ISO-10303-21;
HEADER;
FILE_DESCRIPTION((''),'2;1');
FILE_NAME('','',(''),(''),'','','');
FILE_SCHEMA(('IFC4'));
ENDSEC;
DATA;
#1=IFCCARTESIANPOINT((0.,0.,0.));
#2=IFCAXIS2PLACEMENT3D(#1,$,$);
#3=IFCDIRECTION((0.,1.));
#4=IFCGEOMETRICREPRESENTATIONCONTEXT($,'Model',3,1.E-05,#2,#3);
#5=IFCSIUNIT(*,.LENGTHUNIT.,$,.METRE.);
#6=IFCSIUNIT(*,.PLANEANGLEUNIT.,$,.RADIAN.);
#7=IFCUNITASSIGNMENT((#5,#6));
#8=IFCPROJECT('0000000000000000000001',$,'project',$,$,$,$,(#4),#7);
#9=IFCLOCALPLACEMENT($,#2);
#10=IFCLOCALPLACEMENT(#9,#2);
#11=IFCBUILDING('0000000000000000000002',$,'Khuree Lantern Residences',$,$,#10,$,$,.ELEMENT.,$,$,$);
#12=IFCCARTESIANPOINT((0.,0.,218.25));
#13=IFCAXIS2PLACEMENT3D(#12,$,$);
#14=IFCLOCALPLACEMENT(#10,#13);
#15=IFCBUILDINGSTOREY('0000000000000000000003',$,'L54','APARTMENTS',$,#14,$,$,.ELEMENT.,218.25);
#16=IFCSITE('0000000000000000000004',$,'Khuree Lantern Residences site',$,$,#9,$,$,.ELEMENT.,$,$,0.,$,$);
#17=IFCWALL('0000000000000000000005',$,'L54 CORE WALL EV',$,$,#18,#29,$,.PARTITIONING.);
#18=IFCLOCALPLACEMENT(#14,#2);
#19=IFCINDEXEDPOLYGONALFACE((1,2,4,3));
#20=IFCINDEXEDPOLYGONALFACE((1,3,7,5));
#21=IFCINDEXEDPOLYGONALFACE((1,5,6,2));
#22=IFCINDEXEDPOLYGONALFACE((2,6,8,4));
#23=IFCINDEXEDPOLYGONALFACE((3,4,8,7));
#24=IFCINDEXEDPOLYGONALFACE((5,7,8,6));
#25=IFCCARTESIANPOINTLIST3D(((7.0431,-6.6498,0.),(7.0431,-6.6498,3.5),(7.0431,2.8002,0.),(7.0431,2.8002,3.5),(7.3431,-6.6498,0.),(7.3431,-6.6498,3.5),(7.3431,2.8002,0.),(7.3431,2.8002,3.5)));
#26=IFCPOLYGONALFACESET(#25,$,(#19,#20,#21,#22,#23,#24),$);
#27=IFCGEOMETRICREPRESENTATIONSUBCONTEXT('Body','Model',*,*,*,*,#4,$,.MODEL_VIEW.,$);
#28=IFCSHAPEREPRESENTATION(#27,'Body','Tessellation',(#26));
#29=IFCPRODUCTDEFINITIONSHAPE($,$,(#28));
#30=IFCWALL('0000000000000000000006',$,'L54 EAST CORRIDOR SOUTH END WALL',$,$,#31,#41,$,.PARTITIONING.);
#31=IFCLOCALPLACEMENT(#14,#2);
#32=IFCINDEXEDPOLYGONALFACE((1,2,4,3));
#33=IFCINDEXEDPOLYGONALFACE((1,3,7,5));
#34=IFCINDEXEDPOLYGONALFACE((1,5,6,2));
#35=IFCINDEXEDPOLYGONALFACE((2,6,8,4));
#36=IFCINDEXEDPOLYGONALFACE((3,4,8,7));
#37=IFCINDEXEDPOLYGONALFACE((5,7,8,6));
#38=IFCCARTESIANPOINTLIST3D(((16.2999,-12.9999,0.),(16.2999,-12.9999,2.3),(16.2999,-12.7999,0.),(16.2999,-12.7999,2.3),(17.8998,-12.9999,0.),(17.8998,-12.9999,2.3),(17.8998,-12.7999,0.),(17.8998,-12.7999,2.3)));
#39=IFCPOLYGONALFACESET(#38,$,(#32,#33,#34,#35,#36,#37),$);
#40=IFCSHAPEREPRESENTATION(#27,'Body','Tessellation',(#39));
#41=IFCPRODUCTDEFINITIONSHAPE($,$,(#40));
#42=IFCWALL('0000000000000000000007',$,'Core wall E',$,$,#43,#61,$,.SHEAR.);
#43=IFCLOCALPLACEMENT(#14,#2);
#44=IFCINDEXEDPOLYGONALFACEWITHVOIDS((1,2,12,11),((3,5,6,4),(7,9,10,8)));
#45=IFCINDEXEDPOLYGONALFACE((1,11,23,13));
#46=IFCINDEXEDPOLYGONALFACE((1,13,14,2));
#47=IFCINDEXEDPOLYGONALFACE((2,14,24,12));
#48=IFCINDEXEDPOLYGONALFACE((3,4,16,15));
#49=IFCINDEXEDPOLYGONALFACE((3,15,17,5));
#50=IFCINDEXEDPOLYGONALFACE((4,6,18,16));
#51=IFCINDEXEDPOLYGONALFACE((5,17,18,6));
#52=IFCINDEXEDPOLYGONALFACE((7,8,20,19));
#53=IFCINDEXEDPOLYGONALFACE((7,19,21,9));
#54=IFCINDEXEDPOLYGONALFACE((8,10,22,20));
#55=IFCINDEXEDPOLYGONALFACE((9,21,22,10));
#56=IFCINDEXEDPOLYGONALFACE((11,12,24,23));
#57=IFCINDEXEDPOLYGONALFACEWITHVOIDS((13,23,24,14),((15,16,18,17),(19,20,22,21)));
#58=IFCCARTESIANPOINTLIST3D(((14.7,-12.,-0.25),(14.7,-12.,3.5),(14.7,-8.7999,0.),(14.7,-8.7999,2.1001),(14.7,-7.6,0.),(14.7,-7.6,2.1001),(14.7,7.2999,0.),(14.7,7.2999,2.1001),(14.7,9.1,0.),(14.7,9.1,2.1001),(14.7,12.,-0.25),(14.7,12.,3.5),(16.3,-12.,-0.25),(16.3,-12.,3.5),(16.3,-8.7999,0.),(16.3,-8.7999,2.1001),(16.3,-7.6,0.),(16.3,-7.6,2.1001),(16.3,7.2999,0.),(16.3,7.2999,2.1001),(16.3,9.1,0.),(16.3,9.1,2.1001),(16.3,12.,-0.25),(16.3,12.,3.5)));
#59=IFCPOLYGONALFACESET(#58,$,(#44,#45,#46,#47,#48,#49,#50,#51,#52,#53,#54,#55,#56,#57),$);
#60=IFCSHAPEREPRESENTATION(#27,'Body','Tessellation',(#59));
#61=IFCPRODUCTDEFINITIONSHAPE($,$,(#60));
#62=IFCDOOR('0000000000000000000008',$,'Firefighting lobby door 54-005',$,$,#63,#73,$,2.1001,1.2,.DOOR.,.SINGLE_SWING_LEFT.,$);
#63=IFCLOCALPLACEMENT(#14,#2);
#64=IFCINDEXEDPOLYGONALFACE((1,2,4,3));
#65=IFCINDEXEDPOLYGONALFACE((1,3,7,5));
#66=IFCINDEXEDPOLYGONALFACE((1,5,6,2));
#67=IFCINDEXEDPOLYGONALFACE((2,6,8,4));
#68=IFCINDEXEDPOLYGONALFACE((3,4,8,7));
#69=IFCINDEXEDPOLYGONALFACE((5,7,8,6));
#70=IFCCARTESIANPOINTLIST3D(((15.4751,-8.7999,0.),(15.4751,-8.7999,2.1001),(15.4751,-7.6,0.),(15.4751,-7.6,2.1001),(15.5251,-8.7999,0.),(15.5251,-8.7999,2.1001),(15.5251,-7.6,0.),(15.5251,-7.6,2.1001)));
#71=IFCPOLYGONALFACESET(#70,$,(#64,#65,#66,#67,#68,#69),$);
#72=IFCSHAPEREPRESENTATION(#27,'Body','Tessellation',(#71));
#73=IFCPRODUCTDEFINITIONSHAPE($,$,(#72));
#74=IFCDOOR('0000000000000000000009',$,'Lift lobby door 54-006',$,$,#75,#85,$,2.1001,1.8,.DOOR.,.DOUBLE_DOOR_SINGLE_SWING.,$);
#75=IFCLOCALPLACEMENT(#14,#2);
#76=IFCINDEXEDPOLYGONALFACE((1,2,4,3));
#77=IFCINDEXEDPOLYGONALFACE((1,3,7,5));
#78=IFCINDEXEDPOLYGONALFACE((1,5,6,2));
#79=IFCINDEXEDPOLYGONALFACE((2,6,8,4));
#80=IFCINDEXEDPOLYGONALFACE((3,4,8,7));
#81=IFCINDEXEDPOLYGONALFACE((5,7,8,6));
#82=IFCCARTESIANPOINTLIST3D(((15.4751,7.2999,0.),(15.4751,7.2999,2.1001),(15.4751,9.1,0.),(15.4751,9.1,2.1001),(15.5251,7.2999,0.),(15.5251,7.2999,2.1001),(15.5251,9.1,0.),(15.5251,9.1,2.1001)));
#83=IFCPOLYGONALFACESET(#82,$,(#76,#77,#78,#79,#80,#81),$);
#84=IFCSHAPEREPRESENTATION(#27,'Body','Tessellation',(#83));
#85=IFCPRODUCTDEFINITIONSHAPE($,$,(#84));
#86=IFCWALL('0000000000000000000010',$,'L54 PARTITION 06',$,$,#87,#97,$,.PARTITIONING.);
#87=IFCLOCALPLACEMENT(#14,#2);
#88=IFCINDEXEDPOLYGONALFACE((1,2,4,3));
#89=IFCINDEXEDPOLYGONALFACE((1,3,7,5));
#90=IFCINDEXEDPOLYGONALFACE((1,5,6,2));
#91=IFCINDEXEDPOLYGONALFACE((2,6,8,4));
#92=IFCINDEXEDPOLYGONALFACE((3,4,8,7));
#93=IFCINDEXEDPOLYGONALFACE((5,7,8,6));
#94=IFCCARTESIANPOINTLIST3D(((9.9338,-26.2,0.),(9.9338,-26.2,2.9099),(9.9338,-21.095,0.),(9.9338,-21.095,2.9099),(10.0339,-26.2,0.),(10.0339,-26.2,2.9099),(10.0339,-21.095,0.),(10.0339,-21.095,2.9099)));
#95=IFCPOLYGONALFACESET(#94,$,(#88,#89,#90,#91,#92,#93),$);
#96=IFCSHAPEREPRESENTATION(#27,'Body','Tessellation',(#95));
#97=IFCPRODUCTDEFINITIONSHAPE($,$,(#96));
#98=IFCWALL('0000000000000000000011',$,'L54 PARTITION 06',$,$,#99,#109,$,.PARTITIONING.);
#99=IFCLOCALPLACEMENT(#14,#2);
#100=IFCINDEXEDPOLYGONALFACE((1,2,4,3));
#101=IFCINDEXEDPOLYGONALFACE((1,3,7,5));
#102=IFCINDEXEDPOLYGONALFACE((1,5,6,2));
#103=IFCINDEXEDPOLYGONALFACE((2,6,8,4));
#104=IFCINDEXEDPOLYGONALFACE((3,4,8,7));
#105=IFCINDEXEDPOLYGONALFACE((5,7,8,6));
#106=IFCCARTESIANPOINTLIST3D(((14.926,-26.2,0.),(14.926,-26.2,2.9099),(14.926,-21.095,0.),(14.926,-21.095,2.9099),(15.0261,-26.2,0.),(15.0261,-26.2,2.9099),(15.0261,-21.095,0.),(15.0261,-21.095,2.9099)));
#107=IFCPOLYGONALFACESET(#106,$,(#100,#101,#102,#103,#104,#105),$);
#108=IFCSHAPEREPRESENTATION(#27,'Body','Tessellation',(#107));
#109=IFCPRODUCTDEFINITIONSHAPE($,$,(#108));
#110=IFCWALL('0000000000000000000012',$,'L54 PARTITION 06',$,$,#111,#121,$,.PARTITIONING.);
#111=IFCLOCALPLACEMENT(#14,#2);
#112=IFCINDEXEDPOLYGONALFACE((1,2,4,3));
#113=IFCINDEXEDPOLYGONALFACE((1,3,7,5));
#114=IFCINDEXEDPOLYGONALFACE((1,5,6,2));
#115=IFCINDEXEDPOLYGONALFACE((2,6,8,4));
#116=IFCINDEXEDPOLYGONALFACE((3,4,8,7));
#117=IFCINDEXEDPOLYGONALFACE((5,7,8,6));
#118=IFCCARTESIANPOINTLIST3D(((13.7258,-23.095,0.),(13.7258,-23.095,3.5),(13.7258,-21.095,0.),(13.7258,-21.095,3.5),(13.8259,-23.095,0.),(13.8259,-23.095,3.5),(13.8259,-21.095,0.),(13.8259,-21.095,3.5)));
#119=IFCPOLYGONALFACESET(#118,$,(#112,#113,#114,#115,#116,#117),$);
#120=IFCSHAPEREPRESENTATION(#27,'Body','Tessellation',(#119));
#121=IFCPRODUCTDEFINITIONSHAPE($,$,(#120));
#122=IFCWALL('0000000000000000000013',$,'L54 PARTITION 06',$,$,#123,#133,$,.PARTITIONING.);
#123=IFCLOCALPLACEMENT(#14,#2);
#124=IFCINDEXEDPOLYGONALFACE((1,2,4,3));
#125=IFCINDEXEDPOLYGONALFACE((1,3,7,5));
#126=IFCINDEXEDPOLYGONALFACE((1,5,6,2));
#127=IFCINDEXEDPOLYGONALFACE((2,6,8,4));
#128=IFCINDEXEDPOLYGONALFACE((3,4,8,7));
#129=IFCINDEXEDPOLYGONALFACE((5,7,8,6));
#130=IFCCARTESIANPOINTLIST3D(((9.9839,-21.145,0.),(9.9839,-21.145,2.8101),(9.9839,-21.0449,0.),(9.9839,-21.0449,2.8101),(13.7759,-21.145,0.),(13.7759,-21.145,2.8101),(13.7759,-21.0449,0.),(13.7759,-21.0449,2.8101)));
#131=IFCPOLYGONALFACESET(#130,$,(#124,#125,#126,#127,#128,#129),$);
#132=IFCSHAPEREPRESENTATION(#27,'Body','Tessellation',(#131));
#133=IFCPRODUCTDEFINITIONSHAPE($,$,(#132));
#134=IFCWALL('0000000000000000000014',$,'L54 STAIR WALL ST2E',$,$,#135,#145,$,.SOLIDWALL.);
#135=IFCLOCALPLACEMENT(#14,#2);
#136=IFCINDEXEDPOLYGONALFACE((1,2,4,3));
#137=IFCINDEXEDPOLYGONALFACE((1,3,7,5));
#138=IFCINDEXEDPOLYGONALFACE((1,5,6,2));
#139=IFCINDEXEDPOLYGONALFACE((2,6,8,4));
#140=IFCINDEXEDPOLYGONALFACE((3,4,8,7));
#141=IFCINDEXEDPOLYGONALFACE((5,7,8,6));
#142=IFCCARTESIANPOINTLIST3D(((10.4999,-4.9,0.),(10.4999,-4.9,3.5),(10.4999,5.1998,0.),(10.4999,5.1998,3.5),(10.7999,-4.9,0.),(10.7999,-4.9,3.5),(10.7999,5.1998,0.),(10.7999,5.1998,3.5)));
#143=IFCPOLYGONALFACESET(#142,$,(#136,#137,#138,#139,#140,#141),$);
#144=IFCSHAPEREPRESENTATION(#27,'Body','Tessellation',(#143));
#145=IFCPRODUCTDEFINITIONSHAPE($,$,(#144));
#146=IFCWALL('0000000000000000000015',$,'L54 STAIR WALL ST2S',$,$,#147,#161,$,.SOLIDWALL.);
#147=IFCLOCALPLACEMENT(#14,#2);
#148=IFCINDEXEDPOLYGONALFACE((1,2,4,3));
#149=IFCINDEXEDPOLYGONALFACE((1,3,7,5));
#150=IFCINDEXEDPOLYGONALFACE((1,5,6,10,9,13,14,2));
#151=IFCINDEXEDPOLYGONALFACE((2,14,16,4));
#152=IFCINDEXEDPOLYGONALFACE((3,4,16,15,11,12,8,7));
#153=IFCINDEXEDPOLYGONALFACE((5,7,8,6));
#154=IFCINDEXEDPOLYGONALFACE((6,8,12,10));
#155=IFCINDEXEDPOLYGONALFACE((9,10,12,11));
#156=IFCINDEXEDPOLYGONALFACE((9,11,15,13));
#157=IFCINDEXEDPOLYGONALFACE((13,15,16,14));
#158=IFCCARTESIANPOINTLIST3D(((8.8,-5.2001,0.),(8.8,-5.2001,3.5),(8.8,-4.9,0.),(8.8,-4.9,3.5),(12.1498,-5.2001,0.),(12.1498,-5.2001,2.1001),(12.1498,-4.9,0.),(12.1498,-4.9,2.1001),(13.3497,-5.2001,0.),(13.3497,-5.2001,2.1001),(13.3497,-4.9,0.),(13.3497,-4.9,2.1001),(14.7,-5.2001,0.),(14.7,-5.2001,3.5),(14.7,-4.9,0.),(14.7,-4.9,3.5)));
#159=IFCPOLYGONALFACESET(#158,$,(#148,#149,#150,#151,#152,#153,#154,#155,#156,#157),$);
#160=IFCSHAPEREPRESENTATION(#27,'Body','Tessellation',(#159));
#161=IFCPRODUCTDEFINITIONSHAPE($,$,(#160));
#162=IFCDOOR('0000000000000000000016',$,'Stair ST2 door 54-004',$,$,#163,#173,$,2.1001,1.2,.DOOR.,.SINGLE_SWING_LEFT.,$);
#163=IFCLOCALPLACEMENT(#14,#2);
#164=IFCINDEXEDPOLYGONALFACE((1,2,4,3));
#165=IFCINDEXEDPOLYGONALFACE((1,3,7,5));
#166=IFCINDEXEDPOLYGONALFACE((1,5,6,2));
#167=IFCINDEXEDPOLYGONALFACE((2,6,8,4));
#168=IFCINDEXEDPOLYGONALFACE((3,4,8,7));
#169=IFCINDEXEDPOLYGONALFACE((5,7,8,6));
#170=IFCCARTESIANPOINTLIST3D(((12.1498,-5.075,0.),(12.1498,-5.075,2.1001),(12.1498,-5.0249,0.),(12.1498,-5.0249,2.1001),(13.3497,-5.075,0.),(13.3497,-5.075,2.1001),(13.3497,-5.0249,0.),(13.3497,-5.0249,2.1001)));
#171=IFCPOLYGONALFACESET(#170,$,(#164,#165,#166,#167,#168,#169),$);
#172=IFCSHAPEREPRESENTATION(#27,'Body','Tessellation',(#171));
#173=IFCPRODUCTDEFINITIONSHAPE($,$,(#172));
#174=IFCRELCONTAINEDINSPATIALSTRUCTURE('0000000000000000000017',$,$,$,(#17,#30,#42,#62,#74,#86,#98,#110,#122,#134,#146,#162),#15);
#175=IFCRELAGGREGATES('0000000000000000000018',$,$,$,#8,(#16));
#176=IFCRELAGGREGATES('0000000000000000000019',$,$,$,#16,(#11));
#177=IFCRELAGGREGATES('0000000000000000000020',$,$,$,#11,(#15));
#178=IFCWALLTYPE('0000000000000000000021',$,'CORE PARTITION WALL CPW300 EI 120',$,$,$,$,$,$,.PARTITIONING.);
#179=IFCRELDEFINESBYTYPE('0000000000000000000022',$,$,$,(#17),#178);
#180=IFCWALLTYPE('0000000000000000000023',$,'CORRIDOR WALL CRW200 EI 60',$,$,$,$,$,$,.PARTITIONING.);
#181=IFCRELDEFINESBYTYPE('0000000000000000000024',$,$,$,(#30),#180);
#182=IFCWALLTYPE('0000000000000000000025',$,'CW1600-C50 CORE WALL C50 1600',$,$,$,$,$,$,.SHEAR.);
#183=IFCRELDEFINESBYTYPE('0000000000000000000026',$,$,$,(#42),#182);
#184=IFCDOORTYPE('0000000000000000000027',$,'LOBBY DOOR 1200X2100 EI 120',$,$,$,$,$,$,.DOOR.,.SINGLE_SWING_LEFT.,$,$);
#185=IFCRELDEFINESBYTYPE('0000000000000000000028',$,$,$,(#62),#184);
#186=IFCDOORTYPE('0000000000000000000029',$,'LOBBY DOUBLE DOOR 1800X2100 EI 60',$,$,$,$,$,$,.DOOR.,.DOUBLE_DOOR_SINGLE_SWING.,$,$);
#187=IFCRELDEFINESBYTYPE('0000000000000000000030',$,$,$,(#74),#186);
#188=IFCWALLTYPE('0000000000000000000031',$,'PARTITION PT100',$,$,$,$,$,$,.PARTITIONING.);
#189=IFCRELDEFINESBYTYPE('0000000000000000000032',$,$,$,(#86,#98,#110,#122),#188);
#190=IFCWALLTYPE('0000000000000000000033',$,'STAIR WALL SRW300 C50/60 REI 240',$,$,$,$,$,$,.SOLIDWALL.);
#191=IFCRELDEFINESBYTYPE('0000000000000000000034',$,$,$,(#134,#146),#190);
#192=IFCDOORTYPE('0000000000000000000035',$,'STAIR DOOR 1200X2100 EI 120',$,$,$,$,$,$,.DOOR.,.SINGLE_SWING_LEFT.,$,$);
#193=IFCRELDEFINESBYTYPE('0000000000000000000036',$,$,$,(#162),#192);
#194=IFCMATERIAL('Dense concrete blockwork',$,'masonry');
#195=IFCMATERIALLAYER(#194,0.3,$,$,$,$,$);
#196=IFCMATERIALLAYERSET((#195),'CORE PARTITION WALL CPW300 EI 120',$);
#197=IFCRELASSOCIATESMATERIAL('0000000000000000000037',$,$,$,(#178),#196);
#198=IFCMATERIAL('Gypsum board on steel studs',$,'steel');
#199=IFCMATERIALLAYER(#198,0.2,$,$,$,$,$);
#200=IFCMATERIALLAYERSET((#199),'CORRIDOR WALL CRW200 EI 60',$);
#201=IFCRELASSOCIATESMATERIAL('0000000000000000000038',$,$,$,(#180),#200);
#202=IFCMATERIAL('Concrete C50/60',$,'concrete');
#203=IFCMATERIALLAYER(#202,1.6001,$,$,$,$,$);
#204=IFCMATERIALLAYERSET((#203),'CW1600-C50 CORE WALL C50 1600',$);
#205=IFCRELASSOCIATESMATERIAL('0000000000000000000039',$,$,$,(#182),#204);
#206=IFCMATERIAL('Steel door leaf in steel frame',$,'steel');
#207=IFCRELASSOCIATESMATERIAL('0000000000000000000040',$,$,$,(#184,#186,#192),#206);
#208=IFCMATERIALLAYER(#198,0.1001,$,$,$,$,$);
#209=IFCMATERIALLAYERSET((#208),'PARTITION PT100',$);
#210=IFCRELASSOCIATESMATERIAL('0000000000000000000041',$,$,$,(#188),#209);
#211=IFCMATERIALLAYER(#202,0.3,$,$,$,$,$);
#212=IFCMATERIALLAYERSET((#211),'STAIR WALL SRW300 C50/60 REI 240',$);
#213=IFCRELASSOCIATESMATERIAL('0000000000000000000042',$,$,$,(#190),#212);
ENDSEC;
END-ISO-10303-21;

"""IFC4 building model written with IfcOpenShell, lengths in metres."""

from ifc_helpers import new_model, si_unit, direction, frame, frame_2d, origin, place, context, subcontext, project, spatial, rectangle, extrude, material, layer, layer_set, type_object, element, fill, save


model = new_model("IFC4")

# Units and contexts
model_context = context("Model", 3, precision=1e-05, world=origin(), true_north=direction((0.0, 1.0)))
body_context = subcontext(model_context, "Body", "Model", "MODEL_VIEW")
ifc_project = project(units=[si_unit("LENGTHUNIT", "METRE"), si_unit("PLANEANGLEUNIT", "RADIAN")], contexts=[model_context])

# Site, building, storey
site_placement = place(None, origin())
site = spatial("IfcSite", under=ifc_project, at=site_placement, Name="Khuree Lantern Residences site", CompositionType="ELEMENT", RefElevation=0.0)
building_placement = place(site_placement, origin())
building = spatial("IfcBuilding", under=site, at=building_placement, Name="Khuree Lantern Residences", CompositionType="ELEMENT")
storey_placement = place(building_placement, frame((0.0, 0.0, 218.25)))
storey = spatial("IfcBuildingStorey", under=building, at=storey_placement, Name="L54", Description="APARTMENTS", CompositionType="ELEMENT", Elevation=218.25)

# Shared definitions
ifc_material_1 = material(Name="Concrete C50/60", Category="concrete")

# Shared definitions
ifc_material_2 = material(Name="Dense concrete blockwork", Category="masonry")
ifc_layer_1 = layer(ifc_material_2, 0.3)
ifc_layer_set_1 = layer_set([ifc_layer_1], Name="CORE PARTITION WALL CPW300 EI 120")
wall_type_1 = type_object("IfcWallType", Name="CORE PARTITION WALL CPW300 EI 120", PredefinedType="PARTITIONING", material=ifc_layer_set_1)

# Walls
wall_1_placement = place(storey_placement, frame((7.1931, -6.6499, 0.0), z_axis=(0.0, 0.0, 1.0), x_axis=(0.0, 1.0, 0.0)))
element("IfcWall", 1, at=wall_1_placement, inside=storey, type_object=wall_type_1, Name="L54 CORE WALL EV", PredefinedType="PARTITIONING", context=body_context, shape_type="SweptSolid", body=[
    extrude(rectangle(XDim=9.45, YDim=0.3, at=frame_2d((4.7251, 0.0))), origin(), (0.0, 0.0, 1.0), 3.5),
])
ifc_material_3 = material(Name="Gypsum board on steel studs", Category="steel")
ifc_layer_2 = layer(ifc_material_3, 0.2)
ifc_layer_set_2 = layer_set([ifc_layer_2], Name="CORRIDOR WALL CRW200 EI 60")
wall_type_2 = type_object("IfcWallType", Name="CORRIDOR WALL CRW200 EI 60", PredefinedType="PARTITIONING", material=ifc_layer_set_2)
wall_2_placement = place(storey_placement, frame((16.3, -12.8999, 0.0), z_axis=(0.0, 0.0, 1.0), x_axis=(1.0, 0.0, 0.0)))
element("IfcWall", 2, at=wall_2_placement, inside=storey, type_object=wall_type_2, Name="L54 EAST CORRIDOR SOUTH END WALL", PredefinedType="PARTITIONING", context=body_context, shape_type="SweptSolid", body=[
    extrude(rectangle(XDim=1.5999, YDim=0.2, at=frame_2d((0.7998, 0.0))), origin(), (0.0, 0.0, 1.0), 2.3),
])

# Wall, openings, doors
ifc_layer_3 = layer(ifc_material_1, 1.6001)
ifc_layer_set_3 = layer_set([ifc_layer_3], Name="CW1600-C50 CORE WALL C50 1600")
wall_type_3 = type_object("IfcWallType", Name="CW1600-C50 CORE WALL C50 1600", PredefinedType="SHEAR", material=ifc_layer_set_3)
wall_3_placement = place(storey_placement, frame((15.5, -12.0, -0.25), z_axis=(0.0, 0.0, 1.0), x_axis=(0.0, 1.0, 0.0)))
wall_3 = element("IfcWall", 3, at=wall_3_placement, inside=storey, type_object=wall_type_3, Name="Core wall E", PredefinedType="SHEAR", context=body_context, shape_type="SweptSolid", body=[
    extrude(rectangle(XDim=24.0, YDim=1.6001, at=frame_2d((12.0, 0.0))), origin(), (0.0, 0.0, 1.0), 3.75),
])
opening_1_placement = place(wall_3_placement, frame((3.2, 0.0, 0.25)))
opening_1 = element("IfcOpeningElement", 4, at=opening_1_placement, cuts=wall_3, PredefinedType="OPENING", context=body_context, shape_type="SweptSolid", body=[
    extrude(rectangle(XDim=1.2, YDim=2.1001, at=frame_2d((0.6001, 1.05))), frame((0.0, 0.8101, 0.0), z_axis=(0.0, -1.0, 0.0), x_axis=(1.0, 0.0, 0.0)), (0.0, 0.0, 1.0), 1.6201),
])
opening_2_placement = place(wall_3_placement, frame((19.3, 0.0, 0.25)))
opening_2 = element("IfcOpeningElement", 5, at=opening_2_placement, cuts=wall_3, PredefinedType="OPENING", context=body_context, shape_type="SweptSolid", body=[
    extrude(rectangle(XDim=1.8, YDim=2.1001, at=frame_2d((0.8999, 1.05))), frame((0.0, 0.8101, 0.0), z_axis=(0.0, -1.0, 0.0), x_axis=(1.0, 0.0, 0.0)), (0.0, 0.0, 1.0), 1.6201),
])
ifc_material_4 = material(Name="Steel door leaf in steel frame", Category="steel")
door_type_1 = type_object("IfcDoorType", Name="LOBBY DOOR 1200X2100 EI 120", OperationType="SINGLE_SWING_LEFT", PredefinedType="DOOR", material=ifc_material_4)
door_1_placement = place(opening_1_placement, origin())
door_1 = element("IfcDoor", 6, at=door_1_placement, inside=storey, type_object=door_type_1, Name="Firefighting lobby door 54-005", OperationType="SINGLE_SWING_LEFT", OverallHeight=2.1001, OverallWidth=1.2, PredefinedType="DOOR", context=body_context, shape_type="SweptSolid", body=[
    extrude(rectangle(XDim=1.2, YDim=2.1001, at=frame_2d((0.6001, 1.05))), frame((0.0, 0.0249, 0.0), z_axis=(0.0, -1.0, 0.0), x_axis=(1.0, 0.0, 0.0)), (0.0, 0.0, 1.0), 0.05),
])
fill(opening_1, door_1)
door_type_2 = type_object("IfcDoorType", Name="LOBBY DOUBLE DOOR 1800X2100 EI 60", OperationType="DOUBLE_DOOR_SINGLE_SWING", PredefinedType="DOOR", material=ifc_material_4)
door_2_placement = place(opening_2_placement, origin())
door_2 = element("IfcDoor", 7, at=door_2_placement, inside=storey, type_object=door_type_2, Name="Lift lobby door 54-006", OperationType="DOUBLE_DOOR_SINGLE_SWING", OverallHeight=2.1001, OverallWidth=1.8, PredefinedType="DOOR", context=body_context, shape_type="SweptSolid", body=[
    extrude(rectangle(XDim=1.8, YDim=2.1001, at=frame_2d((0.8999, 1.05))), frame((0.0, 0.0249, 0.0), z_axis=(0.0, -1.0, 0.0), x_axis=(1.0, 0.0, 0.0)), (0.0, 0.0, 1.0), 0.05),
])
fill(opening_2, door_2)

# Walls
ifc_layer_4 = layer(ifc_material_3, 0.1001)
ifc_layer_set_4 = layer_set([ifc_layer_4], Name="PARTITION PT100")
wall_type_4 = type_object("IfcWallType", Name="PARTITION PT100", PredefinedType="PARTITIONING", material=ifc_layer_set_4)
for number, where, z_axis, x_axis, name in (
    (8, (9.9839, -21.095, 0.0), (0.0, 0.0, 1.0), (0.0, -1.0, 0.0), "L54 PARTITION 06"),
    (9, (14.9761, -21.095, 0.0), (0.0, 0.0, 1.0), (0.0, -1.0, 0.0), "L54 PARTITION 06"),
):
    element("IfcWall", number, at=place(storey_placement, frame(where, z_axis=z_axis, x_axis=x_axis)), inside=storey, type_object=wall_type_4, Name=name, PredefinedType="PARTITIONING", context=body_context, shape_type="SweptSolid", body=[
        extrude(rectangle(XDim=5.105, YDim=0.1001, at=frame_2d((2.5525, 0.0))), origin(), (0.0, 0.0, 1.0), 2.9099),
    ])
wall_4_placement = place(storey_placement, frame((13.7759, -21.095, 0.0), z_axis=(0.0, 0.0, 1.0), x_axis=(0.0, -1.0, 0.0)))
element("IfcWall", 10, at=wall_4_placement, inside=storey, type_object=wall_type_4, Name="L54 PARTITION 06", PredefinedType="PARTITIONING", context=body_context, shape_type="SweptSolid", body=[
    extrude(rectangle(XDim=2.0, YDim=0.1001, at=frame_2d((1.0, 0.0))), origin(), (0.0, 0.0, 1.0), 3.5),
])
wall_5_placement = place(storey_placement, frame((9.9839, -21.095, 0.0), z_axis=(0.0, 0.0, 1.0), x_axis=(1.0, 0.0, 0.0)))
element("IfcWall", 11, at=wall_5_placement, inside=storey, type_object=wall_type_4, Name="L54 PARTITION 06", PredefinedType="PARTITIONING", context=body_context, shape_type="SweptSolid", body=[
    extrude(rectangle(XDim=3.792, YDim=0.1001, at=frame_2d((1.896, 0.0))), origin(), (0.0, 0.0, 1.0), 2.8101),
])
ifc_layer_5 = layer(ifc_material_1, 0.3)
ifc_layer_set_5 = layer_set([ifc_layer_5], Name="STAIR WALL SRW300 C50/60 REI 240")
wall_type_5 = type_object("IfcWallType", Name="STAIR WALL SRW300 C50/60 REI 240", PredefinedType="SOLIDWALL", material=ifc_layer_set_5)
wall_6_placement = place(storey_placement, frame((10.6499, -4.8999, 0.0), z_axis=(0.0, 0.0, 1.0), x_axis=(0.0, 1.0, 0.0)))
element("IfcWall", 12, at=wall_6_placement, inside=storey, type_object=wall_type_5, Name="L54 STAIR WALL ST2E", PredefinedType="SOLIDWALL", context=body_context, shape_type="SweptSolid", body=[
    extrude(rectangle(XDim=10.0999, YDim=0.3, at=frame_2d((5.0498, 0.0))), origin(), (0.0, 0.0, 1.0), 3.5),
])

# Wall, opening, door
wall_7_placement = place(storey_placement, frame((14.7, -5.05, 0.0), z_axis=(0.0, 0.0, 1.0), x_axis=(-1.0, 0.0, 0.0)))
wall_7 = element("IfcWall", 13, at=wall_7_placement, inside=storey, type_object=wall_type_5, Name="L54 STAIR WALL ST2S", PredefinedType="SOLIDWALL", context=body_context, shape_type="SweptSolid", body=[
    extrude(rectangle(XDim=5.8999, YDim=0.3, at=frame_2d((2.95, 0.0))), origin(), (0.0, 0.0, 1.0), 3.5),
])
opening_3_placement = place(wall_7_placement, frame((1.3501, 0.0, 0.0)))
opening_3 = element("IfcOpeningElement", 14, at=opening_3_placement, cuts=wall_7, PredefinedType="OPENING", context=body_context, shape_type="SweptSolid", body=[
    extrude(rectangle(XDim=1.2, YDim=2.1001, at=frame_2d((0.6001, 1.05))), frame((0.0, 0.1602, 0.0), z_axis=(0.0, -1.0, 0.0), x_axis=(1.0, 0.0, 0.0)), (0.0, 0.0, 1.0), 0.3201),
])
door_type_3 = type_object("IfcDoorType", Name="STAIR DOOR 1200X2100 EI 120", OperationType="SINGLE_SWING_LEFT", PredefinedType="DOOR", material=ifc_material_4)
door_3_placement = place(opening_3_placement, origin())
door_3 = element("IfcDoor", 15, at=door_3_placement, inside=storey, type_object=door_type_3, Name="Stair ST2 door 54-004", OperationType="SINGLE_SWING_LEFT", OverallHeight=2.1001, OverallWidth=1.2, PredefinedType="DOOR", context=body_context, shape_type="SweptSolid", body=[
    extrude(rectangle(XDim=1.2, YDim=2.1001, at=frame_2d((0.6001, 1.05))), frame((0.0, 0.0249, 0.0), z_axis=(0.0, -1.0, 0.0), x_axis=(1.0, 0.0, 0.0)), (0.0, 0.0, 1.0), 0.05),
])
fill(opening_3, door_3)

save(model, "model.ifc")
